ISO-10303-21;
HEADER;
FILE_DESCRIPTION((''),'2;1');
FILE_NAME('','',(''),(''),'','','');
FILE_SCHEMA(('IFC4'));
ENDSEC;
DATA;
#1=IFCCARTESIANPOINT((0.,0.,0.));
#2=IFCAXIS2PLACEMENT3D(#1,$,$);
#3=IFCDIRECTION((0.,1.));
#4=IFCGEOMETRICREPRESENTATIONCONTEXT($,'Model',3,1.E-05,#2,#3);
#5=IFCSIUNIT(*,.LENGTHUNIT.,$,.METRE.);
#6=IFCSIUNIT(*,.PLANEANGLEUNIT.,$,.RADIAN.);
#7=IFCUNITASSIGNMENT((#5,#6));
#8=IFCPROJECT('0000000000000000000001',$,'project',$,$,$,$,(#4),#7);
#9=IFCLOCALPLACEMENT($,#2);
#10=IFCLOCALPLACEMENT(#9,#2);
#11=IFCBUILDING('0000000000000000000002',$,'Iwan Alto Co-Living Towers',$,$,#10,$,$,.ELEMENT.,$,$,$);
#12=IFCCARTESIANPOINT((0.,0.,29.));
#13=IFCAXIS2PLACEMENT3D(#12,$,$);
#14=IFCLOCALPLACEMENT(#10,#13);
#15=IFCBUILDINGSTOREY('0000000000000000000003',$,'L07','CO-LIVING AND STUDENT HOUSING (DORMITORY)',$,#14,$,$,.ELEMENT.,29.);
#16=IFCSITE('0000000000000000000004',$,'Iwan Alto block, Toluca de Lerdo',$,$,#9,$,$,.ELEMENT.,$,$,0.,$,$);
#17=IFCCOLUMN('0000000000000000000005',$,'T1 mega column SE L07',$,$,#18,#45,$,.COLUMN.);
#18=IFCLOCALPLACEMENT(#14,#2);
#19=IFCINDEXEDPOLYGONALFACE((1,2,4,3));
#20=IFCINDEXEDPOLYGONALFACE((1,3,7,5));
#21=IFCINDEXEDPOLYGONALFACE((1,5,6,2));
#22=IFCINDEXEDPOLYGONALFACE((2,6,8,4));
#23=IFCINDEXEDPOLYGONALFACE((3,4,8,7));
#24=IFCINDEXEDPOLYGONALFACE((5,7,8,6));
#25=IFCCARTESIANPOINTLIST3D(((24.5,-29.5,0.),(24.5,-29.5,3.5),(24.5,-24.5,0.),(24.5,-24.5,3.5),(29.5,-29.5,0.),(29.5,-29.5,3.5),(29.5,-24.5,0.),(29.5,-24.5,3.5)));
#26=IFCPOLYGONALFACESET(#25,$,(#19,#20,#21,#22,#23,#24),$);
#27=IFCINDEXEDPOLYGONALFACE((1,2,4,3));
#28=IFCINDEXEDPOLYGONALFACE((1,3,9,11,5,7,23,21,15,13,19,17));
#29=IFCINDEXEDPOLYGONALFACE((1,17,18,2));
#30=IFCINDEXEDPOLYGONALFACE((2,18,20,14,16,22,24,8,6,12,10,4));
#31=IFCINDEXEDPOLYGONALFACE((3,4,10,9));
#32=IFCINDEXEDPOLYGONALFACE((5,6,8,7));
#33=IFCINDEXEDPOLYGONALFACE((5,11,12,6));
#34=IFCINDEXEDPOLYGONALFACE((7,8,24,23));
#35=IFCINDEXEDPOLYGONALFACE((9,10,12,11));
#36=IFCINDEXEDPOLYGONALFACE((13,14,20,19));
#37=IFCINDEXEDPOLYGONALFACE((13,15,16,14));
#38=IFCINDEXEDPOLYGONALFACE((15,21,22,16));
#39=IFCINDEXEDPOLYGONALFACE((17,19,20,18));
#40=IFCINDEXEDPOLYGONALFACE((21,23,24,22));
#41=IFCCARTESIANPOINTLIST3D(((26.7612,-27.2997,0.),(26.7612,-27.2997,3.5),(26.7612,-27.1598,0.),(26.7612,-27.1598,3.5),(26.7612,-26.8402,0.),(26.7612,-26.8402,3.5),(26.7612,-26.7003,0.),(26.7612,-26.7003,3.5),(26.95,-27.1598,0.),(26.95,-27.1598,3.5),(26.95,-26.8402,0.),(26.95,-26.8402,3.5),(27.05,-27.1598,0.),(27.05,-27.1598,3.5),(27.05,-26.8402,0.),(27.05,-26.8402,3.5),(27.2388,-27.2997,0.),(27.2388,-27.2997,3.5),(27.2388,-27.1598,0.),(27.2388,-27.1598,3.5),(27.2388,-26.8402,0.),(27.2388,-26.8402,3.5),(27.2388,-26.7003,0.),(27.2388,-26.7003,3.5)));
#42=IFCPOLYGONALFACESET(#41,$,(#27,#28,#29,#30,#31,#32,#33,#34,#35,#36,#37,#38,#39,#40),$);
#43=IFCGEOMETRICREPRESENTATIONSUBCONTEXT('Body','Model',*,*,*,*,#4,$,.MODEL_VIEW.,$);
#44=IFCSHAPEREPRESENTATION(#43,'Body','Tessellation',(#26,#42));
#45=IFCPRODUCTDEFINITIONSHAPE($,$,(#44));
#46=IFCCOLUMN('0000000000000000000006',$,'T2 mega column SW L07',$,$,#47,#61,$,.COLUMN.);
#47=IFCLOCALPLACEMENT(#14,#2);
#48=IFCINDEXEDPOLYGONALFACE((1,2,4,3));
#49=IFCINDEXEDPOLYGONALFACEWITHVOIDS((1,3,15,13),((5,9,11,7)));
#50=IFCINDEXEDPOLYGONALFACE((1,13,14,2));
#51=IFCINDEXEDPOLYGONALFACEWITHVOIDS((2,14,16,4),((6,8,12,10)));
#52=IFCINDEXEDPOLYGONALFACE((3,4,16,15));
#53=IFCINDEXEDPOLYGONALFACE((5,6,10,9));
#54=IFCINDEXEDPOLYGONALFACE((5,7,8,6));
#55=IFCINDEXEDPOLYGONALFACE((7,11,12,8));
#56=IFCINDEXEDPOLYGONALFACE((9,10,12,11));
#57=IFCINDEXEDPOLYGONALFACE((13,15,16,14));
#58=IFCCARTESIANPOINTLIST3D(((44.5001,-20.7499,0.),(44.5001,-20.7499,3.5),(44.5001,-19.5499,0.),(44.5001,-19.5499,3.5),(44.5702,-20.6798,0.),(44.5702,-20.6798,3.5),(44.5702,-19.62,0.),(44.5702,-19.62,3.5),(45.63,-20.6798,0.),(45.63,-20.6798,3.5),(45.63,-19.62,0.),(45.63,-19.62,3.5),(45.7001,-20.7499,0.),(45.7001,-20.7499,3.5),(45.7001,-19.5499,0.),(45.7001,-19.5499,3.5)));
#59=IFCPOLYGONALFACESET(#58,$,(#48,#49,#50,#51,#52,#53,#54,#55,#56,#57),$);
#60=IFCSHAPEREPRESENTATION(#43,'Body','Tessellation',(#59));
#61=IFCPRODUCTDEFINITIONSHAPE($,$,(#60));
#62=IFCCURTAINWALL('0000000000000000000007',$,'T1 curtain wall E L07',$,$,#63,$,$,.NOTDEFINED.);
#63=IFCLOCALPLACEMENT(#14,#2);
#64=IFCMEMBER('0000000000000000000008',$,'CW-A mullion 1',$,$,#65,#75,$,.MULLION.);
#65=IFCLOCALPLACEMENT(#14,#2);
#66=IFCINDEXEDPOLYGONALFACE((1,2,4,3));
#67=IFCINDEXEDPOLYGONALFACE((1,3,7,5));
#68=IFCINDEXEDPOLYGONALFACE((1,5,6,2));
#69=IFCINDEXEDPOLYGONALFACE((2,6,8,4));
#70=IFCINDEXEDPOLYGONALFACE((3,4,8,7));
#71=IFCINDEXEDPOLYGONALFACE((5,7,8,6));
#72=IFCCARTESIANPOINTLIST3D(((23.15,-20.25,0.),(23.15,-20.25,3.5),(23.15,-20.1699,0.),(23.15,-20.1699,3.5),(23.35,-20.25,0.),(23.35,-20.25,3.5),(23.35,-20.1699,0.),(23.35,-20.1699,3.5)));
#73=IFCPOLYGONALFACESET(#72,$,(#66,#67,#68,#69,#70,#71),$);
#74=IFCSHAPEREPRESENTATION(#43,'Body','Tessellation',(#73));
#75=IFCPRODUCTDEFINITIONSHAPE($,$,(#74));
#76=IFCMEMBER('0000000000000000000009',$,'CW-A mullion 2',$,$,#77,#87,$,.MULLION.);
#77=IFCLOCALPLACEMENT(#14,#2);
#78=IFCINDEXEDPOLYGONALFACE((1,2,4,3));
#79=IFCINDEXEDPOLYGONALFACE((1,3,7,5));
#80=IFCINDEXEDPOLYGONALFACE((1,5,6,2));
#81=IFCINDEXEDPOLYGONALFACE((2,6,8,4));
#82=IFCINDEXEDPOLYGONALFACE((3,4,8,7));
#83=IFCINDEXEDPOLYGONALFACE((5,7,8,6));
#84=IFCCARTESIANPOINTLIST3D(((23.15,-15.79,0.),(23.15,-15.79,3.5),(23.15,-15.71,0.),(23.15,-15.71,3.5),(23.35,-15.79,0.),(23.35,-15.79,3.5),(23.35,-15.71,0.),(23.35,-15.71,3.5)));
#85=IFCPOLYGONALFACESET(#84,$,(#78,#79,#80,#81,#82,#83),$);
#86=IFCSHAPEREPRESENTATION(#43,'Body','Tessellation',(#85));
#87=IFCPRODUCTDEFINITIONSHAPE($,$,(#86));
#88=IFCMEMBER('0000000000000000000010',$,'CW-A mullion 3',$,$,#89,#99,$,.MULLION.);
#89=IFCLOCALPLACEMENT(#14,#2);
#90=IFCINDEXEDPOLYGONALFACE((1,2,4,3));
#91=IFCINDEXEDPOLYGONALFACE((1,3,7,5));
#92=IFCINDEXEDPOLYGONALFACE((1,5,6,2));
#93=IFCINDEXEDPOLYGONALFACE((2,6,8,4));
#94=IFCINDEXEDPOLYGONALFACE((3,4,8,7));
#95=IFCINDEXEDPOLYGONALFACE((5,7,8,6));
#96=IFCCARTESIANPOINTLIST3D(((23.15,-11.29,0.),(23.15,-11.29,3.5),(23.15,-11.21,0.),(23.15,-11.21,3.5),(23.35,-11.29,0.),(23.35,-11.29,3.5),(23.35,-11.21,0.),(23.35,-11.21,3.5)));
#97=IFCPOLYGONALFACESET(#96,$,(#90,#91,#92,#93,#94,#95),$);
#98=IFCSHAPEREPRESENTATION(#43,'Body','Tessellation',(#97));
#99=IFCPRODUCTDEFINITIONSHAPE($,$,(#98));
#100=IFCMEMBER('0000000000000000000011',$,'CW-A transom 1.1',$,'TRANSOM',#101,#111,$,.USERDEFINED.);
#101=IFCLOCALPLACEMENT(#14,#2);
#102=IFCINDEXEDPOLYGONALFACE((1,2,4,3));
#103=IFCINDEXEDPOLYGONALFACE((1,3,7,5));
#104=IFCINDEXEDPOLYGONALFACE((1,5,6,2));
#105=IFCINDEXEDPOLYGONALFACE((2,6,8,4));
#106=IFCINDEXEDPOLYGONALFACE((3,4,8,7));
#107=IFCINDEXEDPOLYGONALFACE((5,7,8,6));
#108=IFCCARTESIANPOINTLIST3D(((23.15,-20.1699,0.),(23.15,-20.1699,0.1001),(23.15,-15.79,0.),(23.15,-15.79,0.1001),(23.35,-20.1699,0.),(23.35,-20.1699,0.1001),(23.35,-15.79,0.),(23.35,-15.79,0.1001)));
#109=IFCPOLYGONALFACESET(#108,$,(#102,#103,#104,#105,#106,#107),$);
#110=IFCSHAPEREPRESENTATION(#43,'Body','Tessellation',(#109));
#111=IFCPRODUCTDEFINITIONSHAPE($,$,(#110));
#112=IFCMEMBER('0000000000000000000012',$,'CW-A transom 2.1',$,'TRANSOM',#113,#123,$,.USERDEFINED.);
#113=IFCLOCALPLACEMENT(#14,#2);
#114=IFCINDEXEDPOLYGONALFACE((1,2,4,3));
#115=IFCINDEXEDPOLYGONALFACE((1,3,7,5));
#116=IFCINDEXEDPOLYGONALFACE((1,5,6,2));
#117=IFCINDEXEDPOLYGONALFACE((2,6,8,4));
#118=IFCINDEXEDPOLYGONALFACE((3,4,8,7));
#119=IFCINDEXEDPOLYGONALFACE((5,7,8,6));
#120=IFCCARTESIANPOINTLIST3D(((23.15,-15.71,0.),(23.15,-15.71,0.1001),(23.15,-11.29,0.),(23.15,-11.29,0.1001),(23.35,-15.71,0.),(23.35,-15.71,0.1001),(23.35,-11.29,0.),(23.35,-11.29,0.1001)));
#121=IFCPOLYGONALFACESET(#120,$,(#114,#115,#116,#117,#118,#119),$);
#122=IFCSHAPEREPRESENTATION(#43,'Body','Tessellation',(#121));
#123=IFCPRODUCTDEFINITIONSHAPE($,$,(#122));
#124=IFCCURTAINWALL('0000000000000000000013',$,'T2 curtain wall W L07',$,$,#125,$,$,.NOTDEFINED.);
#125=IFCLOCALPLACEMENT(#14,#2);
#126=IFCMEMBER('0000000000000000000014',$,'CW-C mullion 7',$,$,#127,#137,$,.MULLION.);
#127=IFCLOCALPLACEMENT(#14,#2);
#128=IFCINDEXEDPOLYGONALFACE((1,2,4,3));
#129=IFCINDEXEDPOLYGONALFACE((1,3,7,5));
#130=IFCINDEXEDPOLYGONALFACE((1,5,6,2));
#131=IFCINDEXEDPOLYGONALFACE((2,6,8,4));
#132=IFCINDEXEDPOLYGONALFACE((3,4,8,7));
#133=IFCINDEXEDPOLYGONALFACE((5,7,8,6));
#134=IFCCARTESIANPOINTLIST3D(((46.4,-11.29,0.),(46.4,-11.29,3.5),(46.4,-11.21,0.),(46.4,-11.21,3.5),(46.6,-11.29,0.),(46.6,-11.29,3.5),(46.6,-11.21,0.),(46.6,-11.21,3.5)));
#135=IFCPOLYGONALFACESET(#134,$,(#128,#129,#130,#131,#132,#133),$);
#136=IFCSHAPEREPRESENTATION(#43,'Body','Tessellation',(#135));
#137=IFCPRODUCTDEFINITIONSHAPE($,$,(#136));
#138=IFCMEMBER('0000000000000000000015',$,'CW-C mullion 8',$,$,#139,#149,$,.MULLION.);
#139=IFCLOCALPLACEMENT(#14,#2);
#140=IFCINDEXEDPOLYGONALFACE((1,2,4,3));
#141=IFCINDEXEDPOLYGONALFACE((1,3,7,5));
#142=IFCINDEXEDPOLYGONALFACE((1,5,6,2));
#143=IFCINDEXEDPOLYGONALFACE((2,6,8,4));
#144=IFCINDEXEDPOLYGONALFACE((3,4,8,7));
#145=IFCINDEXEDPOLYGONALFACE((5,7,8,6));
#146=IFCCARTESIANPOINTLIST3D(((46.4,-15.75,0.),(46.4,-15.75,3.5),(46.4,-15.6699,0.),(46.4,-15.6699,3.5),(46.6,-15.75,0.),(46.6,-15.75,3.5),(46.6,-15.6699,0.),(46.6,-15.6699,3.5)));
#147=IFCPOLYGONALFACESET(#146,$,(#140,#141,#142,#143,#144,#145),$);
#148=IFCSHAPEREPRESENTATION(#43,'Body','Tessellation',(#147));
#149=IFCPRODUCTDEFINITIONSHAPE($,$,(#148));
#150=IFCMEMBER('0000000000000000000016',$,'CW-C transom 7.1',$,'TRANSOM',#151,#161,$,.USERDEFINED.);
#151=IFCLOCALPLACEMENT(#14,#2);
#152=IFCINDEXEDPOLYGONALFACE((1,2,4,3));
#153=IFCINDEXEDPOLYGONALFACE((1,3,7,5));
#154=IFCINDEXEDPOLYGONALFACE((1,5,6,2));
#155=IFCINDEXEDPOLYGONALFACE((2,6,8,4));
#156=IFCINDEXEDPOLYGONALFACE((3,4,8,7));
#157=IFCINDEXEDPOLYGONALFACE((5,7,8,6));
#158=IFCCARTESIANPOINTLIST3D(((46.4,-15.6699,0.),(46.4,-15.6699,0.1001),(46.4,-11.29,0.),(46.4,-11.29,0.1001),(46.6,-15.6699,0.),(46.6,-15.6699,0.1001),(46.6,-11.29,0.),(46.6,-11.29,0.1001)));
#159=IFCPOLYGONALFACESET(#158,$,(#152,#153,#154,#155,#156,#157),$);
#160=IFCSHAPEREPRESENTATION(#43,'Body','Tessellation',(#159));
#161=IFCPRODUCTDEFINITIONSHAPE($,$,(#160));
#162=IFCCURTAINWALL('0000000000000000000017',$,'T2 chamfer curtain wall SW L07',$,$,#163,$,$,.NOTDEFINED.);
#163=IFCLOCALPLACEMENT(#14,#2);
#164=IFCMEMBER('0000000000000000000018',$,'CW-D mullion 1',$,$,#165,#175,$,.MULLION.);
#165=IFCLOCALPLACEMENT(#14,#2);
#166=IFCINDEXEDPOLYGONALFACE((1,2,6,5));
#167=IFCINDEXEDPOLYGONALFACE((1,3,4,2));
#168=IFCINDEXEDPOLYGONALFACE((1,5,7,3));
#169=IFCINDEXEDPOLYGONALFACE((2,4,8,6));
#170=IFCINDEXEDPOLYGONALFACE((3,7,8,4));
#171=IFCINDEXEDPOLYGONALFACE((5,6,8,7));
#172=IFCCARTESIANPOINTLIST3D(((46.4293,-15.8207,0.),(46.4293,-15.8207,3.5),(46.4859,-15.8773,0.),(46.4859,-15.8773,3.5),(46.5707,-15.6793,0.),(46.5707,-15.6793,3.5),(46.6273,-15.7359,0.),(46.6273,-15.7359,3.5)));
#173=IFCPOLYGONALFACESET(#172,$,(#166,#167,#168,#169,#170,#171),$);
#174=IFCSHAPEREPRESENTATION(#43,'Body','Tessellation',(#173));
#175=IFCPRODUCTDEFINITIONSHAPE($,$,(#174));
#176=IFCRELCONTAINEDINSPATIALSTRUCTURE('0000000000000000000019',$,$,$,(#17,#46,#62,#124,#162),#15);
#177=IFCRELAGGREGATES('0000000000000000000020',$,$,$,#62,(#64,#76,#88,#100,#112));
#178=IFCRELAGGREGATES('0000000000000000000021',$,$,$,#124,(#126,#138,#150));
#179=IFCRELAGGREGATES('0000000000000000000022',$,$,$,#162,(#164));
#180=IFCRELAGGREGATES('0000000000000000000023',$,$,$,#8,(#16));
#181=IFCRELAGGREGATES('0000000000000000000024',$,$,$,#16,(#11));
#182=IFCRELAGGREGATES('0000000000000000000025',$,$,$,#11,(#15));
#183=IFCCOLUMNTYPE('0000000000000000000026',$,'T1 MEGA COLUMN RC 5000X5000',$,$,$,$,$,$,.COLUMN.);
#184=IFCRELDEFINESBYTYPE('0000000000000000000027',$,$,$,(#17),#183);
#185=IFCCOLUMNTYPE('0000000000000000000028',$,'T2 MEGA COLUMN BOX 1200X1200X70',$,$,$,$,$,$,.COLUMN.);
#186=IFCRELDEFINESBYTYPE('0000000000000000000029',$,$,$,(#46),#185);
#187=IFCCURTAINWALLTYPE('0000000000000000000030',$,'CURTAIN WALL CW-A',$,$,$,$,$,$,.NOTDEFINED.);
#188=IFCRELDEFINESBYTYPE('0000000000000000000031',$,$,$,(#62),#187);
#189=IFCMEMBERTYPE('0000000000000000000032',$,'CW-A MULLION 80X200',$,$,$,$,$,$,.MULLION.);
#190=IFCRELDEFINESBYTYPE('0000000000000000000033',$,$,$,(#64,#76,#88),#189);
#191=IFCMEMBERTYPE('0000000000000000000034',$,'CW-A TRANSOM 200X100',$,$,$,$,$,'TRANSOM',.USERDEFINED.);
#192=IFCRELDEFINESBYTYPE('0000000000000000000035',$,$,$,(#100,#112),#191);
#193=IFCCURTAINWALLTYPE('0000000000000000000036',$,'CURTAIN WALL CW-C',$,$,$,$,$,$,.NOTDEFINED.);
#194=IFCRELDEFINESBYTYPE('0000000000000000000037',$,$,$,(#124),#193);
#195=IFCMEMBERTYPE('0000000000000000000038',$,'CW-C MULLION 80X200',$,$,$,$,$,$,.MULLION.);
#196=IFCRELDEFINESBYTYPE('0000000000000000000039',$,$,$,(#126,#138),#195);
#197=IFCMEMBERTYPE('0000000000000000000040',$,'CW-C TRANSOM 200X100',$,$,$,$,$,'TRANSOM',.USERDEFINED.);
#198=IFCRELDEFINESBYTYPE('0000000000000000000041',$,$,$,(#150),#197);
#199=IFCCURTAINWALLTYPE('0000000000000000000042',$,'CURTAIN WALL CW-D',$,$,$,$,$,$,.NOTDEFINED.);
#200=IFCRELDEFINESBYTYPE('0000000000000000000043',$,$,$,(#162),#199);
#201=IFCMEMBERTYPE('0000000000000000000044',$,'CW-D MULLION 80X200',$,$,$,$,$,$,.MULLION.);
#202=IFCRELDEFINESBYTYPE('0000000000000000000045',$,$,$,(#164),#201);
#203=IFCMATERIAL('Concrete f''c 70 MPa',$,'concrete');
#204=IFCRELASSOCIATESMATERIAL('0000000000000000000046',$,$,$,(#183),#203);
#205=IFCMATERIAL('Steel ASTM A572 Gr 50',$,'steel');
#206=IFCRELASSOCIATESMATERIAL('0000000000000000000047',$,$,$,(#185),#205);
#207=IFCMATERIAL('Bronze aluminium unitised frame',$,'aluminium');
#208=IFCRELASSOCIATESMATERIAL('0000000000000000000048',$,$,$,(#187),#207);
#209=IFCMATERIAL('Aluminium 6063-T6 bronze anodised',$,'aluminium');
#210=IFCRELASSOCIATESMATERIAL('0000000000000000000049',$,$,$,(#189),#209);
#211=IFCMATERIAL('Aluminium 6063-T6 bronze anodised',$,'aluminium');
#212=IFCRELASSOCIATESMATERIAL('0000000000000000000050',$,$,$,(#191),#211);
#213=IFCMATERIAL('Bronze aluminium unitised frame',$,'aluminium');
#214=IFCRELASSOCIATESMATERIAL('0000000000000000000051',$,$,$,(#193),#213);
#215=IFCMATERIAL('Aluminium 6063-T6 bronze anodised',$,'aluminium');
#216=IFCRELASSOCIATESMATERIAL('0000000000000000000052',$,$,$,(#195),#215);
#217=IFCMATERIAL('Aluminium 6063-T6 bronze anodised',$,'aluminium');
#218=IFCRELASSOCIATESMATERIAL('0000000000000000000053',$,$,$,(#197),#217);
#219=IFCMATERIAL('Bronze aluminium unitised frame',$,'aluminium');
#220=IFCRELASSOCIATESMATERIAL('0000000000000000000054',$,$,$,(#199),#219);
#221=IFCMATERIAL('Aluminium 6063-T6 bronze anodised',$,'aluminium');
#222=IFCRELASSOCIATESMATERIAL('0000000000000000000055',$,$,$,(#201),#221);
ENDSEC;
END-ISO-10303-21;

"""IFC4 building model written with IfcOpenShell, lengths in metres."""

from ifc_helpers import new_model, si_unit, direction, frame, origin, origin_2d, place, context, subcontext, project, spatial, rectangle, hollow_rectangle, i_section, extrude, material, material_profile, profile_set, type_object, element, aggregate, save


model = new_model("IFC4")

# Units and contexts
model_context = context("Model", 3, precision=1e-05, world=origin(), true_north=direction((0.0, 1.0)))
body_context = subcontext(model_context, "Body", "Model", "MODEL_VIEW")
ifc_project = project(units=[si_unit("LENGTHUNIT", "METRE"), si_unit("PLANEANGLEUNIT", "RADIAN")], contexts=[model_context])

# Site, building, storey
site_placement = place(None, origin())
site = spatial("IfcSite", under=ifc_project, at=site_placement, Name="Iwan Alto block, Toluca de Lerdo", CompositionType="ELEMENT", RefElevation=0.0)
building_placement = place(site_placement, origin())
building = spatial("IfcBuilding", under=site, at=building_placement, Name="Iwan Alto Co-Living Towers", CompositionType="ELEMENT")
storey_placement = place(building_placement, frame((0.0, 0.0, 29.0)))
storey = spatial("IfcBuildingStorey", under=building, at=storey_placement, Name="L07", Description="CO-LIVING AND STUDENT HOUSING (DORMITORY)", CompositionType="ELEMENT", Elevation=29.0)

# Columns
ifc_material_1 = material(Name="Concrete f'c 70 MPa", Category="concrete")
ifc_material_profile_1 = material_profile(ifc_material_1, rectangle(XDim=5.0, YDim=5.0, at=origin_2d()), Name="RC 5000X5000")
ifc_profile_set_1 = profile_set([ifc_material_profile_1], Name="Concrete f'c 70 MPa")
column_type_1 = type_object("IfcColumnType", Name="T1 MEGA COLUMN RC 5000X5000", PredefinedType="COLUMN", material=ifc_profile_set_1)
column_1_placement = place(storey_placement, frame((27.0, -27.0, 0.0), z_axis=(0.0, 0.0, 1.0), x_axis=(1.0, 0.0, 0.0)))
element("IfcColumn", 1, at=column_1_placement, inside=storey, type_object=column_type_1, Name="T1 mega column SE L07", PredefinedType="COLUMN", context=body_context, shape_type="SweptSolid", body=[
    extrude(rectangle(XDim=5.0, YDim=5.0, at=origin_2d()), origin(), (0.0, 0.0, 1.0), 3.5),
    extrude(i_section(OverallWidth=0.4775, OverallDepth=0.5994, WebThickness=0.1001, FlangeThickness=0.1399, at=origin_2d()), origin(), (0.0, 0.0, 1.0), 3.5),
])
ifc_material_2 = material(Name="Steel ASTM A572 Gr 50", Category="steel")
ifc_material_profile_2 = material_profile(ifc_material_2, hollow_rectangle(XDim=1.2, YDim=1.2, WallThickness=0.0701, at=origin_2d()), Name="BOX 1200X1200X70")
ifc_profile_set_2 = profile_set([ifc_material_profile_2], Name="Steel ASTM A572 Gr 50")
column_type_2 = type_object("IfcColumnType", Name="T2 MEGA COLUMN BOX 1200X1200X70", PredefinedType="COLUMN", material=ifc_profile_set_2)
column_2_placement = place(storey_placement, frame((45.1001, -20.1499, 0.0), z_axis=(0.0, 0.0, 1.0), x_axis=(1.0, 0.0, 0.0)))
element("IfcColumn", 2, at=column_2_placement, inside=storey, type_object=column_type_2, Name="T2 mega column SW L07", PredefinedType="COLUMN", context=body_context, shape_type="SweptSolid", body=[
    extrude(hollow_rectangle(XDim=1.2, YDim=1.2, WallThickness=0.0701, at=origin_2d()), origin(), (0.0, 0.0, 1.0), 3.5),
])

# Curtain walls, members
ifc_material_3 = material(Name="Bronze aluminium unitised frame", Category="aluminium")
curtain_wall_type_1 = type_object("IfcCurtainWallType", Name="CURTAIN WALL CW-A", PredefinedType="NOTDEFINED", material=ifc_material_3)
curtain_wall_1_placement = place(storey_placement, origin())
curtain_wall_1 = element("IfcCurtainWall", 3, at=curtain_wall_1_placement, inside=storey, type_object=curtain_wall_type_1, Name="T1 curtain wall E L07", PredefinedType="NOTDEFINED")
ifc_material_4 = material(Name="Aluminium 6063-T6 bronze anodised", Category="aluminium")
ifc_material_profile_3 = material_profile(ifc_material_4, rectangle(XDim=0.2, YDim=0.0801, at=origin_2d()), Name="AL 80X200")
ifc_profile_set_3 = profile_set([ifc_material_profile_3], Name="Aluminium 6063-T6 bronze anodised")
member_type_1 = type_object("IfcMemberType", Name="CW-A MULLION 80X200", PredefinedType="MULLION", material=ifc_profile_set_3)
member_1_placement = place(storey_placement, frame((23.25, -20.21, 0.0), z_axis=(0.0, 0.0, 1.0), x_axis=(-1.0, 0.0, 0.0)))
member_1 = element("IfcMember", 4, at=member_1_placement, type_object=member_type_1, Name="CW-A mullion 1", PredefinedType="MULLION", context=body_context, shape_type="SweptSolid", body=[
    extrude(rectangle(XDim=0.2, YDim=0.0801, at=origin_2d()), origin(), (0.0, 0.0, 1.0), 3.5),
])
member_2_placement = place(storey_placement, frame((23.25, -15.75, 0.0), z_axis=(0.0, 0.0, 1.0), x_axis=(-1.0, 0.0, 0.0)))
member_2 = element("IfcMember", 5, at=member_2_placement, type_object=member_type_1, Name="CW-A mullion 2", PredefinedType="MULLION", context=body_context, shape_type="SweptSolid", body=[
    extrude(rectangle(XDim=0.2, YDim=0.0801, at=origin_2d()), origin(), (0.0, 0.0, 1.0), 3.5),
])
member_3_placement = place(storey_placement, frame((23.25, -11.25, 0.0), z_axis=(0.0, 0.0, 1.0), x_axis=(-1.0, 0.0, 0.0)))
member_3 = element("IfcMember", 6, at=member_3_placement, type_object=member_type_1, Name="CW-A mullion 3", PredefinedType="MULLION", context=body_context, shape_type="SweptSolid", body=[
    extrude(rectangle(XDim=0.2, YDim=0.0801, at=origin_2d()), origin(), (0.0, 0.0, 1.0), 3.5),
])
ifc_material_5 = material(Name="Aluminium 6063-T6 bronze anodised", Category="aluminium")
ifc_material_profile_4 = material_profile(ifc_material_5, rectangle(XDim=0.2, YDim=0.1001, at=origin_2d()), Name="AL 200X100")
ifc_profile_set_4 = profile_set([ifc_material_profile_4], Name="Aluminium 6063-T6 bronze anodised")
member_type_2 = type_object("IfcMemberType", Name="CW-A TRANSOM 200X100", ElementType="TRANSOM", PredefinedType="USERDEFINED", material=ifc_profile_set_4)
member_4_placement = place(storey_placement, frame((23.25, -20.1699, 0.05), z_axis=(0.0, 1.0, 0.0), x_axis=(-1.0, 0.0, 0.0)))
member_4 = element("IfcMember", 7, at=member_4_placement, type_object=member_type_2, Name="CW-A transom 1.1", ObjectType="TRANSOM", PredefinedType="USERDEFINED", context=body_context, shape_type="SweptSolid", body=[
    extrude(rectangle(XDim=0.2, YDim=0.1001, at=origin_2d()), origin(), (0.0, 0.0, 1.0), 4.3799),
])
member_5_placement = place(storey_placement, frame((23.25, -15.71, 0.05), z_axis=(0.0, 1.0, 0.0), x_axis=(-1.0, 0.0, 0.0)))
member_5 = element("IfcMember", 8, at=member_5_placement, type_object=member_type_2, Name="CW-A transom 2.1", ObjectType="TRANSOM", PredefinedType="USERDEFINED", context=body_context, shape_type="SweptSolid", body=[
    extrude(rectangle(XDim=0.2, YDim=0.1001, at=origin_2d()), origin(), (0.0, 0.0, 1.0), 4.4199),
])
ifc_material_6 = material(Name="Bronze aluminium unitised frame", Category="aluminium")
curtain_wall_type_2 = type_object("IfcCurtainWallType", Name="CURTAIN WALL CW-C", PredefinedType="NOTDEFINED", material=ifc_material_6)
curtain_wall_2_placement = place(storey_placement, origin())
curtain_wall_2 = element("IfcCurtainWall", 9, at=curtain_wall_2_placement, inside=storey, type_object=curtain_wall_type_2, Name="T2 curtain wall W L07", PredefinedType="NOTDEFINED")
ifc_material_7 = material(Name="Aluminium 6063-T6 bronze anodised", Category="aluminium")
ifc_material_profile_5 = material_profile(ifc_material_7, rectangle(XDim=0.2, YDim=0.0801, at=origin_2d()), Name="AL 80X200")
ifc_profile_set_5 = profile_set([ifc_material_profile_5], Name="Aluminium 6063-T6 bronze anodised")
member_type_3 = type_object("IfcMemberType", Name="CW-C MULLION 80X200", PredefinedType="MULLION", material=ifc_profile_set_5)
member_6_placement = place(storey_placement, frame((46.5, -11.25, 0.0), z_axis=(0.0, 0.0, 1.0), x_axis=(1.0, 0.0, 0.0)))
member_6 = element("IfcMember", 10, at=member_6_placement, type_object=member_type_3, Name="CW-C mullion 7", PredefinedType="MULLION", context=body_context, shape_type="SweptSolid", body=[
    extrude(rectangle(XDim=0.2, YDim=0.0801, at=origin_2d()), origin(), (0.0, 0.0, 1.0), 3.5),
])
member_7_placement = place(storey_placement, frame((46.5, -15.71, 0.0), z_axis=(0.0, 0.0, 1.0), x_axis=(1.0, 0.0, 0.0)))
member_7 = element("IfcMember", 11, at=member_7_placement, type_object=member_type_3, Name="CW-C mullion 8", PredefinedType="MULLION", context=body_context, shape_type="SweptSolid", body=[
    extrude(rectangle(XDim=0.2, YDim=0.0801, at=origin_2d()), origin(), (0.0, 0.0, 1.0), 3.5),
])
ifc_material_8 = material(Name="Aluminium 6063-T6 bronze anodised", Category="aluminium")
ifc_material_profile_6 = material_profile(ifc_material_8, rectangle(XDim=0.2, YDim=0.1001, at=origin_2d()), Name="AL 200X100")
ifc_profile_set_6 = profile_set([ifc_material_profile_6], Name="Aluminium 6063-T6 bronze anodised")
member_type_4 = type_object("IfcMemberType", Name="CW-C TRANSOM 200X100", ElementType="TRANSOM", PredefinedType="USERDEFINED", material=ifc_profile_set_6)
member_8_placement = place(storey_placement, frame((46.5, -11.29, 0.05), z_axis=(0.0, -1.0, 0.0), x_axis=(1.0, 0.0, 0.0)))
member_8 = element("IfcMember", 12, at=member_8_placement, type_object=member_type_4, Name="CW-C transom 7.1", ObjectType="TRANSOM", PredefinedType="USERDEFINED", context=body_context, shape_type="SweptSolid", body=[
    extrude(rectangle(XDim=0.2, YDim=0.1001, at=origin_2d()), origin(), (0.0, 0.0, 1.0), 4.3799),
])
ifc_material_9 = material(Name="Bronze aluminium unitised frame", Category="aluminium")
curtain_wall_type_3 = type_object("IfcCurtainWallType", Name="CURTAIN WALL CW-D", PredefinedType="NOTDEFINED", material=ifc_material_9)
curtain_wall_3_placement = place(storey_placement, origin())
curtain_wall_3 = element("IfcCurtainWall", 13, at=curtain_wall_3_placement, inside=storey, type_object=curtain_wall_type_3, Name="T2 chamfer curtain wall SW L07", PredefinedType="NOTDEFINED")
ifc_material_10 = material(Name="Aluminium 6063-T6 bronze anodised", Category="aluminium")
ifc_material_profile_7 = material_profile(ifc_material_10, rectangle(XDim=0.2, YDim=0.0801, at=origin_2d()), Name="AL 80X200")
ifc_profile_set_7 = profile_set([ifc_material_profile_7], Name="Aluminium 6063-T6 bronze anodised")
member_type_5 = type_object("IfcMemberType", Name="CW-D MULLION 80X200", PredefinedType="MULLION", material=ifc_profile_set_7)
member_9_placement = place(storey_placement, frame((46.5283, -15.7783, 0.0), z_axis=(0.0, 0.0, 1.0), x_axis=(0.707107, 0.707107, 0.0)))
member_9 = element("IfcMember", 14, at=member_9_placement, type_object=member_type_5, Name="CW-D mullion 1", PredefinedType="MULLION", context=body_context, shape_type="SweptSolid", body=[
    extrude(rectangle(XDim=0.2, YDim=0.0801, at=origin_2d()), origin(), (0.0, 0.0, 1.0), 3.5),
])

aggregate(curtain_wall_1, [member_1, member_2, member_3, member_4, member_5])
aggregate(curtain_wall_2, [member_6, member_7, member_8])
aggregate(curtain_wall_3, [member_9])

save(model, "model.ifc")
